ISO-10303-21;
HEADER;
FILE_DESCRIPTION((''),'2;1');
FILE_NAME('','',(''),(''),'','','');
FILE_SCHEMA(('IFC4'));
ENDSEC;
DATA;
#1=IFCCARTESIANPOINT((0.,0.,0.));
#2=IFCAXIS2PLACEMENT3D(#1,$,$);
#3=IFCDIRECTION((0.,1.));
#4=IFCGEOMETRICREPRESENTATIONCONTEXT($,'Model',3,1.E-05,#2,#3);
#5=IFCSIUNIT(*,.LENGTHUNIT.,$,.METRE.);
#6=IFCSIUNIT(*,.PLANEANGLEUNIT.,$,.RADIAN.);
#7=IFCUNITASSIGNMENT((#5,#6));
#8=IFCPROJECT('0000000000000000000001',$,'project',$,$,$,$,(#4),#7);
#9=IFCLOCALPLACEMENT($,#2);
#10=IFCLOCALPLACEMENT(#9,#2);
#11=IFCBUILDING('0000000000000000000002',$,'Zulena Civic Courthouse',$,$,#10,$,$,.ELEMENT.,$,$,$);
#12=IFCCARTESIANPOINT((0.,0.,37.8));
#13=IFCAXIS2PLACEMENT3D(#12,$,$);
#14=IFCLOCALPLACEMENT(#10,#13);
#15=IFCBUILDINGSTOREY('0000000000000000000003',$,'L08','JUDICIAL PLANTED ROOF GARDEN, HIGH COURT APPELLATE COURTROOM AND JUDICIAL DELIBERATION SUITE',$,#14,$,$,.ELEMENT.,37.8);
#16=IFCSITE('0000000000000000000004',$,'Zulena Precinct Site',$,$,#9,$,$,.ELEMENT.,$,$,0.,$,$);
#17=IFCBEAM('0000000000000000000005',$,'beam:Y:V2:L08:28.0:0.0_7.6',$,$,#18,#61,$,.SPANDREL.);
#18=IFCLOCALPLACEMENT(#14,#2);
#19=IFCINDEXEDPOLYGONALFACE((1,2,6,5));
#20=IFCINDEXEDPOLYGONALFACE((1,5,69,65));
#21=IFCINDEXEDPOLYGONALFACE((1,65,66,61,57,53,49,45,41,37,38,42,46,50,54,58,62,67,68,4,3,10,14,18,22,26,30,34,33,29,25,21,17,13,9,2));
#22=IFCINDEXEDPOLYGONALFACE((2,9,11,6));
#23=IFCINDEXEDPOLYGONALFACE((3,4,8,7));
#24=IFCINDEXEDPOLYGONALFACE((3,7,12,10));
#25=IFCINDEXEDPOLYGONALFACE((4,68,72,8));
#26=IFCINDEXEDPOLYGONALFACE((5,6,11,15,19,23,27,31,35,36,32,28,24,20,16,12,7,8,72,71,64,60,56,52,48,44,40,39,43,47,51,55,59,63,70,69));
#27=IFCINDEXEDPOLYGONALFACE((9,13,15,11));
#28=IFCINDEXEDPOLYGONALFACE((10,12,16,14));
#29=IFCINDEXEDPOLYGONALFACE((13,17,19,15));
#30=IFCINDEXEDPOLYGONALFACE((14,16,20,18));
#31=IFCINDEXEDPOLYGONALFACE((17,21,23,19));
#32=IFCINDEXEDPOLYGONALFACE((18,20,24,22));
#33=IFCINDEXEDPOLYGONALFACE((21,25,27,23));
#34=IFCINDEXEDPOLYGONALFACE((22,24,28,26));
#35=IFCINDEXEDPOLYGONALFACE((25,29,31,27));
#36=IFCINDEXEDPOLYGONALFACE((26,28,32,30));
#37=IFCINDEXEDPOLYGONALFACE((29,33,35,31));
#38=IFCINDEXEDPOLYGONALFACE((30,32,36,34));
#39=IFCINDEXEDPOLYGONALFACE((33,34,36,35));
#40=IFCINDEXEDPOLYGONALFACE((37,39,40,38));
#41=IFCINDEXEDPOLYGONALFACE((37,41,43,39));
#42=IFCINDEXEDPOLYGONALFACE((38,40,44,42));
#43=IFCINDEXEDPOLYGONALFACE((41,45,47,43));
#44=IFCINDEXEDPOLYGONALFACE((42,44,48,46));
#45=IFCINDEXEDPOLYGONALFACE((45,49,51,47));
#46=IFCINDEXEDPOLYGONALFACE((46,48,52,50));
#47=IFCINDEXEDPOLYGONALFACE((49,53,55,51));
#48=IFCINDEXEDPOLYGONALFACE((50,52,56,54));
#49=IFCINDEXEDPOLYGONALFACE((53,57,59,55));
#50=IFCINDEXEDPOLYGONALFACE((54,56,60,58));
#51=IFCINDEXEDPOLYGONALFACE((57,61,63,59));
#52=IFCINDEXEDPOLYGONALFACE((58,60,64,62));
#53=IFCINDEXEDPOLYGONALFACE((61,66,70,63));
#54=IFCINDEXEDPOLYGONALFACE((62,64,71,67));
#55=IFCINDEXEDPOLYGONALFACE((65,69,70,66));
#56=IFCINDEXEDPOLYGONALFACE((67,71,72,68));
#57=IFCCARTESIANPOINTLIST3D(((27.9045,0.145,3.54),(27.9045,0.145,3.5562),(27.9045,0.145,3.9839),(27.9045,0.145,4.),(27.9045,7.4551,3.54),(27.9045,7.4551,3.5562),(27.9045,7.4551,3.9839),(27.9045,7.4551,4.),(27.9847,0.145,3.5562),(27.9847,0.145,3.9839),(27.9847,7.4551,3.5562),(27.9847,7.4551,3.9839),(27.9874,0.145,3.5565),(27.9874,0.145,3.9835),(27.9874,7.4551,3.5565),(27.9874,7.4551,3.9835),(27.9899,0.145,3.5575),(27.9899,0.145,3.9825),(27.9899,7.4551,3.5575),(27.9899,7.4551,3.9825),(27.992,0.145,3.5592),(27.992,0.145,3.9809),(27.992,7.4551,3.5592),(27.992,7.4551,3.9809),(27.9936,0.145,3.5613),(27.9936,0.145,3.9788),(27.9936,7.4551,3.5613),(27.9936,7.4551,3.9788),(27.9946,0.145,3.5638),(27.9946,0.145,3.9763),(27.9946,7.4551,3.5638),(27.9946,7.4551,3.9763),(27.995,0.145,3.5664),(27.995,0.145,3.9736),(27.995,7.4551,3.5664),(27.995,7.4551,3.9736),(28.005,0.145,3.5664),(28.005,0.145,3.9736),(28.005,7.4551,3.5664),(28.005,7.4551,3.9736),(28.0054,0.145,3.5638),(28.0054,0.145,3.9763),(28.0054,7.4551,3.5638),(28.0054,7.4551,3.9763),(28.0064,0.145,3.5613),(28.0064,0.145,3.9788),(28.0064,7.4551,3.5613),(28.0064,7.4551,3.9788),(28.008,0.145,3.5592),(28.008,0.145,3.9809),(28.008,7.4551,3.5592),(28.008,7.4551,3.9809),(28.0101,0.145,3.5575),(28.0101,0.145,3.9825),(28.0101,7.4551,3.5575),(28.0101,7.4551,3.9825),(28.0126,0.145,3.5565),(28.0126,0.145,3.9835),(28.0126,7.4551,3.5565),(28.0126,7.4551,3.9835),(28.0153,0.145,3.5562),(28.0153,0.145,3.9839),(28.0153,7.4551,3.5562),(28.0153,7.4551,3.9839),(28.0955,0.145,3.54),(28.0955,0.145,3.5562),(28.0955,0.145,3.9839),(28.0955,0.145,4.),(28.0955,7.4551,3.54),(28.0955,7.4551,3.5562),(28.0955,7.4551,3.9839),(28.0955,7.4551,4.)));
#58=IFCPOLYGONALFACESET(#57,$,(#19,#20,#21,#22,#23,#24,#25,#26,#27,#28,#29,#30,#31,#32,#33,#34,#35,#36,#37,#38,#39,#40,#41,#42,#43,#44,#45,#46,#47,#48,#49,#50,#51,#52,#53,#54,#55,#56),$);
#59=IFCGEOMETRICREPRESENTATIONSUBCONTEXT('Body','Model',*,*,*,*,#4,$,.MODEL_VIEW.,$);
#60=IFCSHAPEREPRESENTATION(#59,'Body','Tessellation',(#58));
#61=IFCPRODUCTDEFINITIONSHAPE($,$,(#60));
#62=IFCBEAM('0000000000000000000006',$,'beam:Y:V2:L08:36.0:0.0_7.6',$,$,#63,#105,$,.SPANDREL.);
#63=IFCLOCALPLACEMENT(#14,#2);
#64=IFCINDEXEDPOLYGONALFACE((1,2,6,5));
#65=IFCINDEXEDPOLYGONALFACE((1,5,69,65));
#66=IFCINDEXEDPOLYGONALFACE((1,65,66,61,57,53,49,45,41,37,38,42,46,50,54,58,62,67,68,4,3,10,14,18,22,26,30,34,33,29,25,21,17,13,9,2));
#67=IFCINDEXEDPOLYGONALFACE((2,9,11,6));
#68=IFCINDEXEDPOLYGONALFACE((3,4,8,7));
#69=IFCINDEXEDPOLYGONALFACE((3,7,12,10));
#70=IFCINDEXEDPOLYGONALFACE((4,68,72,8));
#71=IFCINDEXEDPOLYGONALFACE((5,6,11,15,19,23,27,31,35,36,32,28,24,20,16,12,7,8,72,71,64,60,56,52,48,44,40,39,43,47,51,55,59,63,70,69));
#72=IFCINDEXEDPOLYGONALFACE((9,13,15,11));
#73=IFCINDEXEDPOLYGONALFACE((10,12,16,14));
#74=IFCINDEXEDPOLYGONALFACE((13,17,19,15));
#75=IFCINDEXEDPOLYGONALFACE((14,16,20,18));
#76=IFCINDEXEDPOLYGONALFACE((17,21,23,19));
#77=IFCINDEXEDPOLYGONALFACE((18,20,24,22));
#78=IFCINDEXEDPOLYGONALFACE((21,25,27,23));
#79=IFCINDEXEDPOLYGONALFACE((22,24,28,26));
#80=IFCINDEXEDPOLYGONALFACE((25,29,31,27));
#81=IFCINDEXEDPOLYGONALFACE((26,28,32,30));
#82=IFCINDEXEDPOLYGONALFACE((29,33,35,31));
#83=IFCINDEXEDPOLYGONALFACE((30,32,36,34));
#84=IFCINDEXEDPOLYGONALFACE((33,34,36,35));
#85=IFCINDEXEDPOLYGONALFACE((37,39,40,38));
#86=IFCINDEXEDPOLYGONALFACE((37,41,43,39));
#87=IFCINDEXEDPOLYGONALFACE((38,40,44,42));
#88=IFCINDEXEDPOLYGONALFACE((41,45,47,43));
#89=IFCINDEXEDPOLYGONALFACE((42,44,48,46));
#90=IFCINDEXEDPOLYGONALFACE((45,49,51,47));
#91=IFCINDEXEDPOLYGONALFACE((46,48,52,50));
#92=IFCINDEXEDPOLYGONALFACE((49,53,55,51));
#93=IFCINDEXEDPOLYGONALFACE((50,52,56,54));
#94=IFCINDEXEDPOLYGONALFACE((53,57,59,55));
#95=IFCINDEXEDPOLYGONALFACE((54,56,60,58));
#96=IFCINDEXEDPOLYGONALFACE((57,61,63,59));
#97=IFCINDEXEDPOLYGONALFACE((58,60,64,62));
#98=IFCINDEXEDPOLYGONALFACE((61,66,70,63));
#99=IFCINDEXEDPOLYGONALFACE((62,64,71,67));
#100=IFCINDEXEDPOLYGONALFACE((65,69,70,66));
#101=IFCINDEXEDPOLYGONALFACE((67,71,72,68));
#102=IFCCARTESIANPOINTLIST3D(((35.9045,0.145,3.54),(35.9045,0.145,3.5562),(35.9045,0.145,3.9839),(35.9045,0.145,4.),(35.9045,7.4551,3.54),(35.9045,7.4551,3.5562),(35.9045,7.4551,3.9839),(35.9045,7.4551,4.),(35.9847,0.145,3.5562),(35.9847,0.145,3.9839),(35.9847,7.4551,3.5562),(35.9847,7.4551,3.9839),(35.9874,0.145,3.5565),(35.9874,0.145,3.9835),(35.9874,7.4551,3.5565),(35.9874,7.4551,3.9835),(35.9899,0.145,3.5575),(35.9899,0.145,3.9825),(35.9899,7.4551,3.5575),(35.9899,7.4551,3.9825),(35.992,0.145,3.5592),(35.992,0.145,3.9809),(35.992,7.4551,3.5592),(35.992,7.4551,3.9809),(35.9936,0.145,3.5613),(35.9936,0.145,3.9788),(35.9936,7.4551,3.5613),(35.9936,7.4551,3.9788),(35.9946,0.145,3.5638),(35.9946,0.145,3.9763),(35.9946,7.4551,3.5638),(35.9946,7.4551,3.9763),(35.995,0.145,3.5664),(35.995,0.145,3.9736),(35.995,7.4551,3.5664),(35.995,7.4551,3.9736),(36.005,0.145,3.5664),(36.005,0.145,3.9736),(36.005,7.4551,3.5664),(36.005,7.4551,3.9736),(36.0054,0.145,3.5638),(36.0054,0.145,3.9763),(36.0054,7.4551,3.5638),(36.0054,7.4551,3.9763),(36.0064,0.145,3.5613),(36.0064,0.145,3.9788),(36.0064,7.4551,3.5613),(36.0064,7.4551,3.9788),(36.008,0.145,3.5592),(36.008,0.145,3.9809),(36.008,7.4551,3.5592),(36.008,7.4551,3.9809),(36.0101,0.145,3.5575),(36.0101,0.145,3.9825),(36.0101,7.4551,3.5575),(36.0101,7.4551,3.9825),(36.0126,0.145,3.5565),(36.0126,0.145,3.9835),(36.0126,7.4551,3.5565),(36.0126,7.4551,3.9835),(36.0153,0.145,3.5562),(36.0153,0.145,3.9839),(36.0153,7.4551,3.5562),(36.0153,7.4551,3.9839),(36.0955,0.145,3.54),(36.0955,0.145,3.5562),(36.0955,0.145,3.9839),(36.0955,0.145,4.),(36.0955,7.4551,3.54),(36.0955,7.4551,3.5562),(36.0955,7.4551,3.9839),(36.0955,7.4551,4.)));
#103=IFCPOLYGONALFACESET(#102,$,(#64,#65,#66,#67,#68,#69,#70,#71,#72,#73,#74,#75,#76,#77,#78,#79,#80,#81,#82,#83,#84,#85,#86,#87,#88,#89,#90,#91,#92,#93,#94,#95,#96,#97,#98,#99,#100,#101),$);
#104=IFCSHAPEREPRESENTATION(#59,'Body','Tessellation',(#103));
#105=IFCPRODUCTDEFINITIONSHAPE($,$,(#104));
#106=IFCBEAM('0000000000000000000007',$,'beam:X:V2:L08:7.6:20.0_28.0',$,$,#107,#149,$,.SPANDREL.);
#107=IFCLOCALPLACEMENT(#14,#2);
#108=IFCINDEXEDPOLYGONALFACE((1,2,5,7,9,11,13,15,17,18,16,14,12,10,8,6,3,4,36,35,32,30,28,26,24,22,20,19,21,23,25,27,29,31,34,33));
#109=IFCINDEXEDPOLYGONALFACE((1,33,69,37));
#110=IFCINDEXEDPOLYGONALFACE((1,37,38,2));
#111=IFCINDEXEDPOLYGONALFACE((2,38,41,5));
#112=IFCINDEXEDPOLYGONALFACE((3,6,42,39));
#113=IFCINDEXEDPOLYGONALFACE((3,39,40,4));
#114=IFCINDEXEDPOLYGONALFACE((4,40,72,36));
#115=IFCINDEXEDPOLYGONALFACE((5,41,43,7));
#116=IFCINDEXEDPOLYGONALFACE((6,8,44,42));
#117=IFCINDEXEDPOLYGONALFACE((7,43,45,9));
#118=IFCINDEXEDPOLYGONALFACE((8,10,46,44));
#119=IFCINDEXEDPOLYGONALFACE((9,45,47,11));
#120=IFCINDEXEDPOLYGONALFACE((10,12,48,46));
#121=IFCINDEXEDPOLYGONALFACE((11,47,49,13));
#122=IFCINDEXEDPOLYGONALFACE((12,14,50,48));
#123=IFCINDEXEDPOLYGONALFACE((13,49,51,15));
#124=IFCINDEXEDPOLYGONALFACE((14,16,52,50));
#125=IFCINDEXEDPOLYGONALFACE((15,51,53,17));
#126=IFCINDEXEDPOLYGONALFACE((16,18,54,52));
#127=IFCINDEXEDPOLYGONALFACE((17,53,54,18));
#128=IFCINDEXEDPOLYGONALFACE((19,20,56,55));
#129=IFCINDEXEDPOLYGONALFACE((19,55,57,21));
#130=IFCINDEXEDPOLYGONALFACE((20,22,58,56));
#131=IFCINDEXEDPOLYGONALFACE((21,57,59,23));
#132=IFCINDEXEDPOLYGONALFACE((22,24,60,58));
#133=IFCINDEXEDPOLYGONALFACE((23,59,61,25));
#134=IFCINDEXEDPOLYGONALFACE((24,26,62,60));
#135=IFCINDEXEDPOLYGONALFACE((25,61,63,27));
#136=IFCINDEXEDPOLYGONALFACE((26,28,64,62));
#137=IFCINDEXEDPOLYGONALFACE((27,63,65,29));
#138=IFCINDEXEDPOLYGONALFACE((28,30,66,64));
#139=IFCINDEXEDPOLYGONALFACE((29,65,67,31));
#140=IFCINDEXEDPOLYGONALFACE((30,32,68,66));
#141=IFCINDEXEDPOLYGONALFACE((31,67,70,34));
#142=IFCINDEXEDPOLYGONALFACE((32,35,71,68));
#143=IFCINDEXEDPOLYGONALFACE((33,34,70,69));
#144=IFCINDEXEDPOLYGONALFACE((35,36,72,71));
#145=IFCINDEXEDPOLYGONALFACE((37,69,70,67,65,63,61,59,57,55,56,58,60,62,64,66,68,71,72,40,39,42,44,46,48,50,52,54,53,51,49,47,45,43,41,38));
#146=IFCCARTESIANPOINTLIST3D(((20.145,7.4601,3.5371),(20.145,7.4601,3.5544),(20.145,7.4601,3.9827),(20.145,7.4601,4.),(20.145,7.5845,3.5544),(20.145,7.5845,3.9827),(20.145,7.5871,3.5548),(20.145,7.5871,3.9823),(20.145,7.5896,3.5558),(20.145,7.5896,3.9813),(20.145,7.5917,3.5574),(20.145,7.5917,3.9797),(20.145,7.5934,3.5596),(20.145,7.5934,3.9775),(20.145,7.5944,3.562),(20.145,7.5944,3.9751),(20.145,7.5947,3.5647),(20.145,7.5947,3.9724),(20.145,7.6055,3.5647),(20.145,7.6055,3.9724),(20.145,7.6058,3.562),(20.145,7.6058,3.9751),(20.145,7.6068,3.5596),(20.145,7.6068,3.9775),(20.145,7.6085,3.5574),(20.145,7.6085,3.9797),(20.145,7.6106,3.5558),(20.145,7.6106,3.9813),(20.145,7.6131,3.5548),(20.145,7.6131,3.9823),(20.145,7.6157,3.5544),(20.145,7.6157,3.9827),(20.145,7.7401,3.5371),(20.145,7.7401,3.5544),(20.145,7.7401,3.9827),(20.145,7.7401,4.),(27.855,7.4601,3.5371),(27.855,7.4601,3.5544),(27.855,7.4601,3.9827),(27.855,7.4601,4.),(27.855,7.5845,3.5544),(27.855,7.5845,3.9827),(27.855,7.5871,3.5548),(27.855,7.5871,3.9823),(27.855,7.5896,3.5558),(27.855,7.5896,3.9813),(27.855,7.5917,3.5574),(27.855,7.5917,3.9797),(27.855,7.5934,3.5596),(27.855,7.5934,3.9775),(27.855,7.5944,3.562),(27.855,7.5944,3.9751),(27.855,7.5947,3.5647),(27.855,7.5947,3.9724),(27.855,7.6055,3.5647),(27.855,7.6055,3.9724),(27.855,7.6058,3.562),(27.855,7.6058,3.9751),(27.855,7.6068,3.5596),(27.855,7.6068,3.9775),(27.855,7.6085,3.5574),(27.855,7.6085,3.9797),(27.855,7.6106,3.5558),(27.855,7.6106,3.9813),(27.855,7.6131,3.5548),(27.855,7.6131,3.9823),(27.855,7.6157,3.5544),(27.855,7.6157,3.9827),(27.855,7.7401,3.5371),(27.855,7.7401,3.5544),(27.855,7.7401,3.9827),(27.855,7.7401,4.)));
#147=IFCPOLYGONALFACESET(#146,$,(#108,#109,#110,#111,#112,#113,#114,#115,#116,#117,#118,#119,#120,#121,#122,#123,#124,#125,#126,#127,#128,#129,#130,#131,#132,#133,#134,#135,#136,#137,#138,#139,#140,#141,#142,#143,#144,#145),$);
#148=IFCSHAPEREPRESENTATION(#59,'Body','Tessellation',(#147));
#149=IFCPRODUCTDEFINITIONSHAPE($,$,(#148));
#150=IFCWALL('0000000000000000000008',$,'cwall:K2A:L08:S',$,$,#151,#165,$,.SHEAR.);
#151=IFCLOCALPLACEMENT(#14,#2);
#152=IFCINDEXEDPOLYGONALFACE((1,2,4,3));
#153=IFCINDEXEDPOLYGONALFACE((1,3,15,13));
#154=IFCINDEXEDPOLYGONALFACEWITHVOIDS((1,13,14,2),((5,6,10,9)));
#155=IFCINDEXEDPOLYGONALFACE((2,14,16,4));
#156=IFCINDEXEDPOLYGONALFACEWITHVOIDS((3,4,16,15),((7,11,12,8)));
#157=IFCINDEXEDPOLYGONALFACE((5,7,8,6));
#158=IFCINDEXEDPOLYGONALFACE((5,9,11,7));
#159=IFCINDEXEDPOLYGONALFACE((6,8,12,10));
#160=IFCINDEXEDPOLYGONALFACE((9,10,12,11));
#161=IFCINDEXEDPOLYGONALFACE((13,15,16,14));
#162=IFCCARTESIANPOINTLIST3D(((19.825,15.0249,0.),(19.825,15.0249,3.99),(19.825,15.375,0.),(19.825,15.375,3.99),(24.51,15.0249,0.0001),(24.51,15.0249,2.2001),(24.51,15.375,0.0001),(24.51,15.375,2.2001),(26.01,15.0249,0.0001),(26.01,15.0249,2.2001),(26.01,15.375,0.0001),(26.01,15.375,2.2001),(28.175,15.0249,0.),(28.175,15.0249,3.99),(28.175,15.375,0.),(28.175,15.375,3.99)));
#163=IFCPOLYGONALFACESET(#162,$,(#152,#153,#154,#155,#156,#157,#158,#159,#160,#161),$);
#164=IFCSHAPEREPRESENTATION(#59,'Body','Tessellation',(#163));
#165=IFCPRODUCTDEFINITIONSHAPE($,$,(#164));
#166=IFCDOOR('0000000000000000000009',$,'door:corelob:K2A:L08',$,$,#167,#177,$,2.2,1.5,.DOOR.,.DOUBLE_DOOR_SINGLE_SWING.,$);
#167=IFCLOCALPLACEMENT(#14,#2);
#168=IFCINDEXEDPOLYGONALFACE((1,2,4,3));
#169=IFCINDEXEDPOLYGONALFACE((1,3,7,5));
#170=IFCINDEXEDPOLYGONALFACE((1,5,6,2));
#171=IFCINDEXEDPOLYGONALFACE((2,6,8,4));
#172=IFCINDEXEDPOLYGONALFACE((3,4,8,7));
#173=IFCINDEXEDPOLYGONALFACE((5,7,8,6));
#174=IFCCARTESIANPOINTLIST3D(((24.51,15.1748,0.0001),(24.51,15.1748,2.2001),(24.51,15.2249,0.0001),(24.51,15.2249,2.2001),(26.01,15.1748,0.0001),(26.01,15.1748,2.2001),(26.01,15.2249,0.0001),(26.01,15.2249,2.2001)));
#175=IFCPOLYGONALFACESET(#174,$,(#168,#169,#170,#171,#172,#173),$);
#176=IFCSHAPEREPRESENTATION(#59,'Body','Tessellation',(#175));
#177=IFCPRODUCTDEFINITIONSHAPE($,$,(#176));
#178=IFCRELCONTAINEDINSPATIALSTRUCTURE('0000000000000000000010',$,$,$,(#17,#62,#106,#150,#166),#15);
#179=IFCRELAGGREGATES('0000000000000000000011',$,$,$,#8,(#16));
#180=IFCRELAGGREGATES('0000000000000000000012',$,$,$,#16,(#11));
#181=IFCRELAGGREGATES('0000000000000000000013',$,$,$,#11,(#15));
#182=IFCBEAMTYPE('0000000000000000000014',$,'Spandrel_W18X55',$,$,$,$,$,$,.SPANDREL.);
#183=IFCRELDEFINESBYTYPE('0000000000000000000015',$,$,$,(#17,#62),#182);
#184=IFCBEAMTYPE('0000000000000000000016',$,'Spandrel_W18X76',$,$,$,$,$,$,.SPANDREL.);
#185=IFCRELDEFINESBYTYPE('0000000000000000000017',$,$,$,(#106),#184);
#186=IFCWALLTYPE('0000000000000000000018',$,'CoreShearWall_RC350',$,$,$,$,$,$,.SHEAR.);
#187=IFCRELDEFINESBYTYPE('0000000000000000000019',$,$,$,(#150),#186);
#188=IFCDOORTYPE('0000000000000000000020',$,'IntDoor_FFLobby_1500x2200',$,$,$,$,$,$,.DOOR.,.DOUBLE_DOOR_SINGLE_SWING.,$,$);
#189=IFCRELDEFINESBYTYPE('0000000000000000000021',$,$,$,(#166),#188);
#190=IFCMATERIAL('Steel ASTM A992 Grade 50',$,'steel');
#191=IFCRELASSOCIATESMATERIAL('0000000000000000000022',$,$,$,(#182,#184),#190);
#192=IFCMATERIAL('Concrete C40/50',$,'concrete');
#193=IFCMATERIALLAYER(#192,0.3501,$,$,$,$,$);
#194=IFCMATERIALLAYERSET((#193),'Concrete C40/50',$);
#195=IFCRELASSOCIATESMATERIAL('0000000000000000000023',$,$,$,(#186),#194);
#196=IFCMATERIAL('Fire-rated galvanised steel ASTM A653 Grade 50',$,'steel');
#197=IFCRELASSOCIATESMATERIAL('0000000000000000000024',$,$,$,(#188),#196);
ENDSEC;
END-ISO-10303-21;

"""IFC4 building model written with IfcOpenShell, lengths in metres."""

from ifc_helpers import new_model, si_unit, direction, frame, frame_2d, origin, origin_2d, place, context, subcontext, project, spatial, rectangle, i_section, extrude, material, layer, layer_set, material_profile, profile_set, type_object, element, fill, save


model = new_model("IFC4")

# Units and contexts
model_context = context("Model", 3, precision=1e-05, world=origin(), true_north=direction((0.0, 1.0)))
body_context = subcontext(model_context, "Body", "Model", "MODEL_VIEW")
ifc_project = project(units=[si_unit("LENGTHUNIT", "METRE"), si_unit("PLANEANGLEUNIT", "RADIAN")], contexts=[model_context])

# Site, building, storey
site_placement = place(None, origin())
site = spatial("IfcSite", under=ifc_project, at=site_placement, Name="Zulena Precinct Site", CompositionType="ELEMENT", RefElevation=0.0)
building_placement = place(site_placement, origin())
building = spatial("IfcBuilding", under=site, at=building_placement, Name="Zulena Civic Courthouse", CompositionType="ELEMENT")
storey_placement = place(building_placement, frame((0.0, 0.0, 37.8)))
storey = spatial("IfcBuildingStorey", under=building, at=storey_placement, Name="L08", Description="JUDICIAL PLANTED ROOF GARDEN, HIGH COURT APPELLATE COURTROOM AND JUDICIAL DELIBERATION SUITE", CompositionType="ELEMENT", Elevation=37.8)

# Shared definitions
ifc_material_1 = material(Name="Steel ASTM A992 Grade 50", Category="steel")

# Beams
ifc_material_profile_1 = material_profile(ifc_material_1, i_section(OverallWidth=0.1909, OverallDepth=0.46, WebThickness=0.01, FlangeThickness=0.0161, FilletRadius=0.0103, at=origin_2d()), Name="W18X55")
ifc_profile_set_1 = profile_set([ifc_material_profile_1], Name="Steel ASTM A992 Grade 50")
beam_type_1 = type_object("IfcBeamType", Name="Spandrel_W18X55", PredefinedType="SPANDREL", material=ifc_profile_set_1)
for number, where, z_axis, x_axis, name in (
    (1, (28.0, 0.145, 3.77), (0.0, 1.0, 0.0), (-1.0, 0.0, 0.0), "beam:Y:V2:L08:28.0:0.0_7.6"),
    (2, (36.0, 0.145, 3.77), (0.0, 1.0, 0.0), (-1.0, 0.0, 0.0), "beam:Y:V2:L08:36.0:0.0_7.6"),
):
    element("IfcBeam", number, at=place(storey_placement, frame(where, z_axis=z_axis, x_axis=x_axis)), inside=storey, type_object=beam_type_1, Name=name, PredefinedType="SPANDREL", context=body_context, shape_type="SweptSolid", body=[
        extrude(i_section(OverallWidth=0.1909, OverallDepth=0.46, WebThickness=0.01, FlangeThickness=0.0161, FilletRadius=0.0103, at=origin_2d()), origin(), (0.0, 0.0, 1.0), 7.3101),
    ])
ifc_material_profile_2 = material_profile(ifc_material_1, i_section(OverallWidth=0.28, OverallDepth=0.4629, WebThickness=0.0107, FlangeThickness=0.0173, FilletRadius=0.0103, at=origin_2d()), Name="W18X76")
ifc_profile_set_2 = profile_set([ifc_material_profile_2], Name="Steel ASTM A992 Grade 50")
beam_type_2 = type_object("IfcBeamType", Name="Spandrel_W18X76", PredefinedType="SPANDREL", material=ifc_profile_set_2)
beam_1_placement = place(storey_placement, frame((20.145, 7.6001, 3.7686), z_axis=(1.0, 0.0, 0.0), x_axis=(0.0, 1.0, 0.0)))
element("IfcBeam", 3, at=beam_1_placement, inside=storey, type_object=beam_type_2, Name="beam:X:V2:L08:7.6:20.0_28.0", PredefinedType="SPANDREL", context=body_context, shape_type="SweptSolid", body=[
    extrude(i_section(OverallWidth=0.28, OverallDepth=0.4629, WebThickness=0.0107, FlangeThickness=0.0173, FilletRadius=0.0103, at=origin_2d()), origin(), (0.0, 0.0, 1.0), 7.71),
])

# Wall, opening, door
ifc_material_2 = material(Name="Concrete C40/50", Category="concrete")
ifc_layer_1 = layer(ifc_material_2, 0.3501)
ifc_layer_set_1 = layer_set([ifc_layer_1], Name="Concrete C40/50")
wall_type_1 = type_object("IfcWallType", Name="CoreShearWall_RC350", PredefinedType="SHEAR", material=ifc_layer_set_1)
wall_1_placement = place(storey_placement, frame((19.825, 15.2, 0.0), z_axis=(0.0, 0.0, 1.0), x_axis=(1.0, 0.0, 0.0)))
wall_1 = element("IfcWall", 4, at=wall_1_placement, inside=storey, type_object=wall_type_1, Name="cwall:K2A:L08:S", PredefinedType="SHEAR", context=body_context, shape_type="SweptSolid", body=[
    extrude(rectangle(XDim=8.3501, YDim=0.3501, at=frame_2d((4.175, 0.0))), origin(), (0.0, 0.0, 1.0), 3.99),
])
opening_1_placement = place(wall_1_placement, frame((4.6851, 0.0, 0.0)))
opening_1 = element("IfcOpeningElement", 5, at=opening_1_placement, cuts=wall_1, PredefinedType="OPENING", context=body_context, shape_type="SweptSolid", body=[
    extrude(rectangle(XDim=1.5, YDim=2.2, at=frame_2d((0.75, 1.1001))), frame((0.0, 0.1851, 0.0), z_axis=(0.0, -1.0, 0.0), x_axis=(1.0, 0.0, 0.0)), (0.0, 0.0, 1.0), 0.3701),
])
ifc_material_3 = material(Name="Fire-rated galvanised steel ASTM A653 Grade 50", Category="steel")
door_type_1 = type_object("IfcDoorType", Name="IntDoor_FFLobby_1500x2200", OperationType="DOUBLE_DOOR_SINGLE_SWING", PredefinedType="DOOR", material=ifc_material_3)
door_1_placement = place(opening_1_placement, origin())
door_1 = element("IfcDoor", 6, at=door_1_placement, inside=storey, type_object=door_type_1, Name="door:corelob:K2A:L08", OperationType="DOUBLE_DOOR_SINGLE_SWING", OverallHeight=2.2, OverallWidth=1.5, PredefinedType="DOOR", context=body_context, shape_type="SweptSolid", body=[
    extrude(rectangle(XDim=1.5, YDim=2.2, at=frame_2d((0.75, 1.1001))), frame((0.0, 0.0249, 0.0), z_axis=(0.0, -1.0, 0.0), x_axis=(1.0, 0.0, 0.0)), (0.0, 0.0, 1.0), 0.05),
])
fill(opening_1, door_1)

save(model, "model.ifc")
